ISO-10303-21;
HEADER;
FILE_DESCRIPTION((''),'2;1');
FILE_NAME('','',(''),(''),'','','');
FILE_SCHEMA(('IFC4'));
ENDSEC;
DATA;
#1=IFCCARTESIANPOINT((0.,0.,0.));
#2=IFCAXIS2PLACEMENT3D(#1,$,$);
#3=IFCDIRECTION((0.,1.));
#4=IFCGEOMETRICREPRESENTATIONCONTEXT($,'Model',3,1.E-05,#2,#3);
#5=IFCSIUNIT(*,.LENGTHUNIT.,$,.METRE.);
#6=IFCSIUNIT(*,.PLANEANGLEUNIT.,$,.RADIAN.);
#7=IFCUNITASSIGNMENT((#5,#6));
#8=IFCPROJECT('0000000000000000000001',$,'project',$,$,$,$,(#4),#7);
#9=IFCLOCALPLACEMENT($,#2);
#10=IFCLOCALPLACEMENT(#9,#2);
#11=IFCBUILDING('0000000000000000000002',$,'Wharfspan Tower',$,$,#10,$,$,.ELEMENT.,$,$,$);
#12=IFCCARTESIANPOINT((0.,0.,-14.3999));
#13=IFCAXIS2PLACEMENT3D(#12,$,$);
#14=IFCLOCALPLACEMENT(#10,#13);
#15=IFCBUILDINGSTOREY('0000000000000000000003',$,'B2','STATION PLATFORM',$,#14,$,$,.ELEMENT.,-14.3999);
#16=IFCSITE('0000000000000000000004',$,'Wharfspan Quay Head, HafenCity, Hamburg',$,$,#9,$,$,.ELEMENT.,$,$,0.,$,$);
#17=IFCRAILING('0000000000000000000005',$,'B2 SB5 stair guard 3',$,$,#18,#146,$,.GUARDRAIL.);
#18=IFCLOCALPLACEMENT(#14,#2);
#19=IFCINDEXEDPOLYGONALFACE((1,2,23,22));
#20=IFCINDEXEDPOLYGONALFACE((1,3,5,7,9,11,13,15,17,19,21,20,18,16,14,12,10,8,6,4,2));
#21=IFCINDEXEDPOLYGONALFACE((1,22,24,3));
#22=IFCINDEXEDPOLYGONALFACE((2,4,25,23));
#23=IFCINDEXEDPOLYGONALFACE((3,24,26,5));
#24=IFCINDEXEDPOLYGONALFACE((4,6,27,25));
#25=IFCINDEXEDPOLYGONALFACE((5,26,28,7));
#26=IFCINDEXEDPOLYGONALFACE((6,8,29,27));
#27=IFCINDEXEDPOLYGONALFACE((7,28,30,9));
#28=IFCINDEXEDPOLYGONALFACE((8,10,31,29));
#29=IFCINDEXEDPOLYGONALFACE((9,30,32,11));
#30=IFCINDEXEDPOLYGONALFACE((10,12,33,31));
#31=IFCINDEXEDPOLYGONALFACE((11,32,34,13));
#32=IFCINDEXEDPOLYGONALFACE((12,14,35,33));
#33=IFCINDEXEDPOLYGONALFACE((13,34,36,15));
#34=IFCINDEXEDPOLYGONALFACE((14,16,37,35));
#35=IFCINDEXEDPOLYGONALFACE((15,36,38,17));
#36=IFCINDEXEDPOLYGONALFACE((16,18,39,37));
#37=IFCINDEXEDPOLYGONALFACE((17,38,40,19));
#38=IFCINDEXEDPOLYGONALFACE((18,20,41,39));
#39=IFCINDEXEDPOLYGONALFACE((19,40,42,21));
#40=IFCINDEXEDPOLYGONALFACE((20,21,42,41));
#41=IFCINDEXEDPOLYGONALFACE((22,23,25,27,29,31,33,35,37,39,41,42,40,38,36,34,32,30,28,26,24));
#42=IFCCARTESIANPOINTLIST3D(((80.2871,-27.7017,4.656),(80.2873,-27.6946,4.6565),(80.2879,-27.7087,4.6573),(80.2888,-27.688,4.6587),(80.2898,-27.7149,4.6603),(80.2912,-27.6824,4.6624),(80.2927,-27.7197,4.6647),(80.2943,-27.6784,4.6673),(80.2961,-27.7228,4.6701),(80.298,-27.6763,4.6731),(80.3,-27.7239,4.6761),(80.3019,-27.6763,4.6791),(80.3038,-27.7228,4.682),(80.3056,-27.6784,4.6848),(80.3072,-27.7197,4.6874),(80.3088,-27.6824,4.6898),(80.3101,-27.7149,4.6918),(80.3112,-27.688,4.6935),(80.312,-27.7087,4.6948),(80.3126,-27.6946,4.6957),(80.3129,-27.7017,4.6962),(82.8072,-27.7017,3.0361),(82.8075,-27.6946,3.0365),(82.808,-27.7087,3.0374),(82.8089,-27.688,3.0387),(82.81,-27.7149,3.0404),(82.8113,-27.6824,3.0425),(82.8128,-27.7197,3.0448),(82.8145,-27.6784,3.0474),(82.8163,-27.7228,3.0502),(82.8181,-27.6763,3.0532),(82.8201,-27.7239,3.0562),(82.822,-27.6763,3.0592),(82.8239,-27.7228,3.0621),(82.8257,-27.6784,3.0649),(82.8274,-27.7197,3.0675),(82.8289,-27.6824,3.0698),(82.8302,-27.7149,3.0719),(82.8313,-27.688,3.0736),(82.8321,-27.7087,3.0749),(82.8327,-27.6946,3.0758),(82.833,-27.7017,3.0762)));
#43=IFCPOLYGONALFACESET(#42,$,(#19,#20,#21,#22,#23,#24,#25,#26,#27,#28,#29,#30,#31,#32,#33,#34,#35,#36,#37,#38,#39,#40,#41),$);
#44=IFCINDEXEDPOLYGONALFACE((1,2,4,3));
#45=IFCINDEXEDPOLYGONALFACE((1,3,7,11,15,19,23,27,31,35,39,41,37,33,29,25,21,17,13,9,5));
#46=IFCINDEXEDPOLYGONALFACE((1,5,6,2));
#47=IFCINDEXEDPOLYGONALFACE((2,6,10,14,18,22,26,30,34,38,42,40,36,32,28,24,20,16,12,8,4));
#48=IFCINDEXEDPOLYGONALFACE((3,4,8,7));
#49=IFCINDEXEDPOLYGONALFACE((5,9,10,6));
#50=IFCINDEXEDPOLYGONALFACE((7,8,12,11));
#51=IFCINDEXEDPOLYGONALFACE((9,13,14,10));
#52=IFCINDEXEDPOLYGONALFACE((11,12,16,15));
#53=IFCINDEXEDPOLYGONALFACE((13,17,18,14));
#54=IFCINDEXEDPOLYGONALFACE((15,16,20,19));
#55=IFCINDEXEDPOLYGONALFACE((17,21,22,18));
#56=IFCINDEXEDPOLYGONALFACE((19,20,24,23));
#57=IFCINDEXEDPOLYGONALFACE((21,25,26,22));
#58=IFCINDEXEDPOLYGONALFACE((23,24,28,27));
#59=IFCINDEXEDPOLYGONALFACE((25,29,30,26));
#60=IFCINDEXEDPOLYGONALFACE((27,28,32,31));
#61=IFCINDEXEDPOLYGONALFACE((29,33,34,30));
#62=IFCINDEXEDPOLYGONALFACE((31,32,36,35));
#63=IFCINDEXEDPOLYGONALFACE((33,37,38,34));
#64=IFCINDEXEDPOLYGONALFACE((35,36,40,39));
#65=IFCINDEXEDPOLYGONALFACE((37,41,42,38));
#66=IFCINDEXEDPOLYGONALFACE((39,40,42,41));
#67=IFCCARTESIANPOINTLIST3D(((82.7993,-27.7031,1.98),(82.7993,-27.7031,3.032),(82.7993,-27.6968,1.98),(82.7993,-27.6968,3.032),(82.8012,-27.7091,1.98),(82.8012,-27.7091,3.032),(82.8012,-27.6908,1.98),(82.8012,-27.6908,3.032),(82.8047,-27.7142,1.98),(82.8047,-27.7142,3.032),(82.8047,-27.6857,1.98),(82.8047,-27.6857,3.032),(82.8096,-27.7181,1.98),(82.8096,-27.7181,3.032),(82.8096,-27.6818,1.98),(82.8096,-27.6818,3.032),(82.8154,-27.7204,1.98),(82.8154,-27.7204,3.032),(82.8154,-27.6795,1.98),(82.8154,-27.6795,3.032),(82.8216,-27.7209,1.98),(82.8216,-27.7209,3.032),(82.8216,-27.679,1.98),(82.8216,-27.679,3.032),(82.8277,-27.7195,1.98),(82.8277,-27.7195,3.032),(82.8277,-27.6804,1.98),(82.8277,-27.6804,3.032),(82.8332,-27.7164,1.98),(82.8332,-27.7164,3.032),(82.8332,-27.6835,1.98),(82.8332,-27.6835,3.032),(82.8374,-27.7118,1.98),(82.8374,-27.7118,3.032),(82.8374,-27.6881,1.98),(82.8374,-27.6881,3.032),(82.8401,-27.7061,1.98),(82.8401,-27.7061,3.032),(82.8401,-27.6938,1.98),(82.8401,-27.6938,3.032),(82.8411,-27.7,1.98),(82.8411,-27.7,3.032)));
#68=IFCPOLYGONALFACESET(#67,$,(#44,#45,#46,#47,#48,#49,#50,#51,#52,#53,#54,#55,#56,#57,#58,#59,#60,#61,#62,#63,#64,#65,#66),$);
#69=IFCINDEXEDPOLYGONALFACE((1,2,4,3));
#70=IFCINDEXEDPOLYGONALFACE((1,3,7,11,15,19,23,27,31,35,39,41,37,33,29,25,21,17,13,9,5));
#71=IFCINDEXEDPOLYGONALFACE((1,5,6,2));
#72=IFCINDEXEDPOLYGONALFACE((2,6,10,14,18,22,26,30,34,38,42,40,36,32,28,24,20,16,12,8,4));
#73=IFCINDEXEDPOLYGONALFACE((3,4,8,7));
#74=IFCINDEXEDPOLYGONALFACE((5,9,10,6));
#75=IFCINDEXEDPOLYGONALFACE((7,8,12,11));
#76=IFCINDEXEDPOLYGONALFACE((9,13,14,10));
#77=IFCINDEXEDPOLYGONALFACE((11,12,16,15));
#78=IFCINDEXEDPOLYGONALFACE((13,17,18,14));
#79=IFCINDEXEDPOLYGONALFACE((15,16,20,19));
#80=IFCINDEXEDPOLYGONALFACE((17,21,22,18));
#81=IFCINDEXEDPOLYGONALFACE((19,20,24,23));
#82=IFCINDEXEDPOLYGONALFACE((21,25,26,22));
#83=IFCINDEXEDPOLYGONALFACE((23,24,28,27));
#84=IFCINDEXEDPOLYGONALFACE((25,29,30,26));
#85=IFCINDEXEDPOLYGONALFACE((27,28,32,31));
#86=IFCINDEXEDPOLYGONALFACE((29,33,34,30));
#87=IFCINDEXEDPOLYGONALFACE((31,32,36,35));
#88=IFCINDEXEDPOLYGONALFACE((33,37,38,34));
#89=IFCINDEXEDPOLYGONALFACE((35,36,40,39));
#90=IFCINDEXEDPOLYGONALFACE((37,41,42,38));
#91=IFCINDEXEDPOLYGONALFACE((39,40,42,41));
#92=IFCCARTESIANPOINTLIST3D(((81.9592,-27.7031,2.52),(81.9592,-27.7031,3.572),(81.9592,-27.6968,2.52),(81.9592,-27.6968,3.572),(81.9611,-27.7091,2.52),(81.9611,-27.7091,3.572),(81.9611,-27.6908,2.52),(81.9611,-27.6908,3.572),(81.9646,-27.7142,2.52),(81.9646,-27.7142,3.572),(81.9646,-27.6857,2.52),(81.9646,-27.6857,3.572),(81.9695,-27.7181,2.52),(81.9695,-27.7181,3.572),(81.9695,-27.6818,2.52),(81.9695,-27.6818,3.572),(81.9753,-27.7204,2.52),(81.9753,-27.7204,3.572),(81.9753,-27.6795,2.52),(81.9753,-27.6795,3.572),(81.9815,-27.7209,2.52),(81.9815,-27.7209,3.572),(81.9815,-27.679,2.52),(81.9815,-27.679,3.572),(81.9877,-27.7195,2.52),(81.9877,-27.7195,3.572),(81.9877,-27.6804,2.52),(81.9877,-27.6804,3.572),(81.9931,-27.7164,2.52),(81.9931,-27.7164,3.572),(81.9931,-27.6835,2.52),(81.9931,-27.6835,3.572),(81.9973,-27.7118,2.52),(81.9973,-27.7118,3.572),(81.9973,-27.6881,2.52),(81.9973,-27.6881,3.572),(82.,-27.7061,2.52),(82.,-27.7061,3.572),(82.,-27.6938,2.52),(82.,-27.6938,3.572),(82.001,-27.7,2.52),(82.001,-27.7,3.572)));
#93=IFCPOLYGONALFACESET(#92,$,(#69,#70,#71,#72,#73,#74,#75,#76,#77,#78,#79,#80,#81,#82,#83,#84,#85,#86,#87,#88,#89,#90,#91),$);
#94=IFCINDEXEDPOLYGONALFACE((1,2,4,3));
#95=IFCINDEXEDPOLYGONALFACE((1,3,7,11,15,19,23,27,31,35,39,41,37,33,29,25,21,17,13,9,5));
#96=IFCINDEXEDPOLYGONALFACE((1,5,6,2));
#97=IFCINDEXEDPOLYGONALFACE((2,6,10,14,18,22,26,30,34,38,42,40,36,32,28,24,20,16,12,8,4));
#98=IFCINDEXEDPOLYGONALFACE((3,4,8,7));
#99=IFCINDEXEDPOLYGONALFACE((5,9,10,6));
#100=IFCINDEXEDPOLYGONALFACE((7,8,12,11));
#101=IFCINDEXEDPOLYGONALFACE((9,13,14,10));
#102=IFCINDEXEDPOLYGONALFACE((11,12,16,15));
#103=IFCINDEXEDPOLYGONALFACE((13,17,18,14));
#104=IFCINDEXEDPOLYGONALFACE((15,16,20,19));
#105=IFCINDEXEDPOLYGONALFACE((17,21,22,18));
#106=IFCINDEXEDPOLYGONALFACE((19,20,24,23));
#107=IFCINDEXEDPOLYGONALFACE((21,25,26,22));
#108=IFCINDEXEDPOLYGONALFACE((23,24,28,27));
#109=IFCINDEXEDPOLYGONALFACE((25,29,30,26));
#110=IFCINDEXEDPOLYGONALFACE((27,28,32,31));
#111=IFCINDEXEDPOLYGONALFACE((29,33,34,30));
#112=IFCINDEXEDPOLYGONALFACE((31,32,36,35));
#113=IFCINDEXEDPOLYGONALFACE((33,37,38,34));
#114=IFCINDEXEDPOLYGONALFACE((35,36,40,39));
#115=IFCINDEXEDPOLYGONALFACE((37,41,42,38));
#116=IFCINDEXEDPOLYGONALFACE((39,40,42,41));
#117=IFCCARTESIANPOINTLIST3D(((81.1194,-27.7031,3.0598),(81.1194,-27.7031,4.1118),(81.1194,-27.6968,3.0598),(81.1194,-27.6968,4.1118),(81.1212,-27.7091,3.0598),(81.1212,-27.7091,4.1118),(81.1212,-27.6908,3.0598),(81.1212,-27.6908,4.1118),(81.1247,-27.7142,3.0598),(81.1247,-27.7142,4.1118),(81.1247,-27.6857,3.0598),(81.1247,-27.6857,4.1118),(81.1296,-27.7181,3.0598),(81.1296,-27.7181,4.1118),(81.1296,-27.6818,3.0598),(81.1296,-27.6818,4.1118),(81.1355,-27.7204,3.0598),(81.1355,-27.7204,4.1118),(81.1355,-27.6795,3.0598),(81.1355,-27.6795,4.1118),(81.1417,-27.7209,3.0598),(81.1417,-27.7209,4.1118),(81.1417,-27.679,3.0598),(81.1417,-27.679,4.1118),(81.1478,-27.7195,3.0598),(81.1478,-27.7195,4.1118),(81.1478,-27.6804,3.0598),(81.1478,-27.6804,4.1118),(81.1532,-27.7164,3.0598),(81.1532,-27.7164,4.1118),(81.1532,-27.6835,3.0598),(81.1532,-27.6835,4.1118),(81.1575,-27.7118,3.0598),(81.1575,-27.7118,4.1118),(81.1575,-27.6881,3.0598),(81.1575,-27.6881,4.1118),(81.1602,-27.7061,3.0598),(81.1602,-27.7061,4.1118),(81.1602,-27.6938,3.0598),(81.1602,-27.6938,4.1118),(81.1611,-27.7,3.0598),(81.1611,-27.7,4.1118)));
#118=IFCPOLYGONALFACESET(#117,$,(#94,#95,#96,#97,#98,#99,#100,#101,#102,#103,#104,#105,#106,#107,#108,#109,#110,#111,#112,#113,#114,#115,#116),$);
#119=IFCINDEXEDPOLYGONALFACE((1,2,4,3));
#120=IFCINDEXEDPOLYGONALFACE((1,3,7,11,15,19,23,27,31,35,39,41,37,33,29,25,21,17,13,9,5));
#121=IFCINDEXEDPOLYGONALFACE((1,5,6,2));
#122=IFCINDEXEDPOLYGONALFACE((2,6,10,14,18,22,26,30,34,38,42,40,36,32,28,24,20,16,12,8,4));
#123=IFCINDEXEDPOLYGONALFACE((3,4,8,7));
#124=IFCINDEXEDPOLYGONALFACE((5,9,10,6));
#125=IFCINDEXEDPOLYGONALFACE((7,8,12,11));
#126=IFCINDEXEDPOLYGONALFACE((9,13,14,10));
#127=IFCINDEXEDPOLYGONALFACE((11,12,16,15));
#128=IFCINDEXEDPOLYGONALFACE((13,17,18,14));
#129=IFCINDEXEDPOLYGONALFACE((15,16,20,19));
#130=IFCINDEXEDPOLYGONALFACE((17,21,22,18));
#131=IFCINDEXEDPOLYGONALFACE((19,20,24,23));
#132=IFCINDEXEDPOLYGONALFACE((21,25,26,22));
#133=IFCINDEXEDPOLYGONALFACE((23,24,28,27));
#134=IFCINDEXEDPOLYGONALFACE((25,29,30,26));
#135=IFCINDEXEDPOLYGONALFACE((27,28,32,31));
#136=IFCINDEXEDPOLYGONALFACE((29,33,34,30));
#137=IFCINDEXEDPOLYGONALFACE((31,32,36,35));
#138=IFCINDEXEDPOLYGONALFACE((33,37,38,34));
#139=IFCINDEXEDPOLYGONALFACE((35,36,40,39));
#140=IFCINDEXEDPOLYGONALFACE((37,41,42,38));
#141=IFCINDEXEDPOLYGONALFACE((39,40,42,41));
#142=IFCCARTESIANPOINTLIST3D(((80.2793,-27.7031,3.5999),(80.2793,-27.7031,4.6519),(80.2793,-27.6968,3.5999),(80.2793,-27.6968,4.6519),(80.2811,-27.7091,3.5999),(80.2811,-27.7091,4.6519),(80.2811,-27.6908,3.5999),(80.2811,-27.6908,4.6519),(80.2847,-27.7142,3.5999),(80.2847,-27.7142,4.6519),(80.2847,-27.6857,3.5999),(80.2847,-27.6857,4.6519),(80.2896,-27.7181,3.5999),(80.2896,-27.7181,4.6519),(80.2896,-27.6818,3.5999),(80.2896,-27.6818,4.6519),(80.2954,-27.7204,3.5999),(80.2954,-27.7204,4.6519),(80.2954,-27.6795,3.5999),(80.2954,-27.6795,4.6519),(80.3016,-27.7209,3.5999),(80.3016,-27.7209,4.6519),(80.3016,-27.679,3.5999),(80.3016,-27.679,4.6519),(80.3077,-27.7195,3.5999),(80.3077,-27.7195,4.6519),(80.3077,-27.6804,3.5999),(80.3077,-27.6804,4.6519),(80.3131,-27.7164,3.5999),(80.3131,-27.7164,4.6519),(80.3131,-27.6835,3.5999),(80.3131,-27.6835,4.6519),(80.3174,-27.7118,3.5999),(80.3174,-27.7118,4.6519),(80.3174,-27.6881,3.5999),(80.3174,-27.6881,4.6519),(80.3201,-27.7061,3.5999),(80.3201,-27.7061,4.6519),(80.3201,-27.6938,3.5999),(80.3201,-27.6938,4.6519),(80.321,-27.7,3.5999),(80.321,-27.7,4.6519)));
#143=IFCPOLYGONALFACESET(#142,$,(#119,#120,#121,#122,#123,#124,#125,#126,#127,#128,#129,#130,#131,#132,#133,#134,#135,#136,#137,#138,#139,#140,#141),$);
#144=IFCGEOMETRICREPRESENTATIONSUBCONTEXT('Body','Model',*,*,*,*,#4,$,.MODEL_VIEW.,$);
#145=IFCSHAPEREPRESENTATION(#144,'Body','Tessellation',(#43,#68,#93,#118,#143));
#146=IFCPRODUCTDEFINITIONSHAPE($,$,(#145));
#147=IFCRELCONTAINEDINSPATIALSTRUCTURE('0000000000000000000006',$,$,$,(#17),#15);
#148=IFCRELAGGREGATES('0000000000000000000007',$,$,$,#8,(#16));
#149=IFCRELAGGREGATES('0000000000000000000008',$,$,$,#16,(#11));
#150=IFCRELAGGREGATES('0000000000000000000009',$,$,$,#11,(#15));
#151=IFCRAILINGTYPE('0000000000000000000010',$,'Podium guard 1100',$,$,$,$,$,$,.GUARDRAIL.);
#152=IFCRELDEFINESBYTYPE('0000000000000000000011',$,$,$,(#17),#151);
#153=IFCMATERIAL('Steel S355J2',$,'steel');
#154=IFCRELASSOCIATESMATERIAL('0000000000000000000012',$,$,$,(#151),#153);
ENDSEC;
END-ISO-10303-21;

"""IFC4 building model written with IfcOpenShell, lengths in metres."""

from ifc_helpers import new_model, si_unit, direction, frame, origin, origin_2d, place, context, subcontext, project, spatial, circle, extrude, material, type_object, element, save


model = new_model("IFC4")

# Units and contexts
model_context = context("Model", 3, precision=1e-05, world=origin(), true_north=direction((0.0, 1.0)))
body_context = subcontext(model_context, "Body", "Model", "MODEL_VIEW")
ifc_project = project(units=[si_unit("LENGTHUNIT", "METRE"), si_unit("PLANEANGLEUNIT", "RADIAN")], contexts=[model_context])

# Site, building, storey
site_placement = place(None, origin())
site = spatial("IfcSite", under=ifc_project, at=site_placement, Name="Wharfspan Quay Head, HafenCity, Hamburg", CompositionType="ELEMENT", RefElevation=0.0)
building_placement = place(site_placement, origin())
building = spatial("IfcBuilding", under=site, at=building_placement, Name="Wharfspan Tower", CompositionType="ELEMENT")
storey_placement = place(building_placement, frame((0.0, 0.0, -14.3999)))
storey = spatial("IfcBuildingStorey", under=building, at=storey_placement, Name="B2", Description="STATION PLATFORM", CompositionType="ELEMENT", Elevation=-14.3999)

# Railing
ifc_material_1 = material(Name="Steel S355J2", Category="steel")
railing_type_1 = type_object("IfcRailingType", Name="Podium guard 1100", PredefinedType="GUARDRAIL", material=ifc_material_1)
railing_1_placement = place(storey_placement, frame((82.8201, -27.7, 1.98)))
element("IfcRailing", 1, at=railing_1_placement, inside=storey, type_object=railing_type_1, Name="B2 SB5 stair guard 3", PredefinedType="GUARDRAIL", context=body_context, shape_type="SweptSolid", body=[
    extrude(circle(Radius=0.0239, at=origin_2d()), frame((0.0, 0.0, 1.0762), z_axis=(-0.8412, 0.0, 0.540725), x_axis=(0.0, -1.0, 0.0)), (0.0, 0.0, 1.0), 2.9958),
    extrude(circle(Radius=0.021, at=origin_2d()), origin(), (0.0, 0.0, 1.0), 1.052),
    extrude(circle(Radius=0.021, at=origin_2d()), frame((-0.8401, 0.0, 0.54)), (0.0, 0.0, 1.0), 1.052),
    extrude(circle(Radius=0.021, at=origin_2d()), frame((-1.6799, 0.0, 1.0798)), (0.0, 0.0, 1.0), 1.052),
    extrude(circle(Radius=0.021, at=origin_2d()), frame((-2.52, 0.0, 1.6199)), (0.0, 0.0, 1.0), 1.052),
])

save(model, "model.ifc")
